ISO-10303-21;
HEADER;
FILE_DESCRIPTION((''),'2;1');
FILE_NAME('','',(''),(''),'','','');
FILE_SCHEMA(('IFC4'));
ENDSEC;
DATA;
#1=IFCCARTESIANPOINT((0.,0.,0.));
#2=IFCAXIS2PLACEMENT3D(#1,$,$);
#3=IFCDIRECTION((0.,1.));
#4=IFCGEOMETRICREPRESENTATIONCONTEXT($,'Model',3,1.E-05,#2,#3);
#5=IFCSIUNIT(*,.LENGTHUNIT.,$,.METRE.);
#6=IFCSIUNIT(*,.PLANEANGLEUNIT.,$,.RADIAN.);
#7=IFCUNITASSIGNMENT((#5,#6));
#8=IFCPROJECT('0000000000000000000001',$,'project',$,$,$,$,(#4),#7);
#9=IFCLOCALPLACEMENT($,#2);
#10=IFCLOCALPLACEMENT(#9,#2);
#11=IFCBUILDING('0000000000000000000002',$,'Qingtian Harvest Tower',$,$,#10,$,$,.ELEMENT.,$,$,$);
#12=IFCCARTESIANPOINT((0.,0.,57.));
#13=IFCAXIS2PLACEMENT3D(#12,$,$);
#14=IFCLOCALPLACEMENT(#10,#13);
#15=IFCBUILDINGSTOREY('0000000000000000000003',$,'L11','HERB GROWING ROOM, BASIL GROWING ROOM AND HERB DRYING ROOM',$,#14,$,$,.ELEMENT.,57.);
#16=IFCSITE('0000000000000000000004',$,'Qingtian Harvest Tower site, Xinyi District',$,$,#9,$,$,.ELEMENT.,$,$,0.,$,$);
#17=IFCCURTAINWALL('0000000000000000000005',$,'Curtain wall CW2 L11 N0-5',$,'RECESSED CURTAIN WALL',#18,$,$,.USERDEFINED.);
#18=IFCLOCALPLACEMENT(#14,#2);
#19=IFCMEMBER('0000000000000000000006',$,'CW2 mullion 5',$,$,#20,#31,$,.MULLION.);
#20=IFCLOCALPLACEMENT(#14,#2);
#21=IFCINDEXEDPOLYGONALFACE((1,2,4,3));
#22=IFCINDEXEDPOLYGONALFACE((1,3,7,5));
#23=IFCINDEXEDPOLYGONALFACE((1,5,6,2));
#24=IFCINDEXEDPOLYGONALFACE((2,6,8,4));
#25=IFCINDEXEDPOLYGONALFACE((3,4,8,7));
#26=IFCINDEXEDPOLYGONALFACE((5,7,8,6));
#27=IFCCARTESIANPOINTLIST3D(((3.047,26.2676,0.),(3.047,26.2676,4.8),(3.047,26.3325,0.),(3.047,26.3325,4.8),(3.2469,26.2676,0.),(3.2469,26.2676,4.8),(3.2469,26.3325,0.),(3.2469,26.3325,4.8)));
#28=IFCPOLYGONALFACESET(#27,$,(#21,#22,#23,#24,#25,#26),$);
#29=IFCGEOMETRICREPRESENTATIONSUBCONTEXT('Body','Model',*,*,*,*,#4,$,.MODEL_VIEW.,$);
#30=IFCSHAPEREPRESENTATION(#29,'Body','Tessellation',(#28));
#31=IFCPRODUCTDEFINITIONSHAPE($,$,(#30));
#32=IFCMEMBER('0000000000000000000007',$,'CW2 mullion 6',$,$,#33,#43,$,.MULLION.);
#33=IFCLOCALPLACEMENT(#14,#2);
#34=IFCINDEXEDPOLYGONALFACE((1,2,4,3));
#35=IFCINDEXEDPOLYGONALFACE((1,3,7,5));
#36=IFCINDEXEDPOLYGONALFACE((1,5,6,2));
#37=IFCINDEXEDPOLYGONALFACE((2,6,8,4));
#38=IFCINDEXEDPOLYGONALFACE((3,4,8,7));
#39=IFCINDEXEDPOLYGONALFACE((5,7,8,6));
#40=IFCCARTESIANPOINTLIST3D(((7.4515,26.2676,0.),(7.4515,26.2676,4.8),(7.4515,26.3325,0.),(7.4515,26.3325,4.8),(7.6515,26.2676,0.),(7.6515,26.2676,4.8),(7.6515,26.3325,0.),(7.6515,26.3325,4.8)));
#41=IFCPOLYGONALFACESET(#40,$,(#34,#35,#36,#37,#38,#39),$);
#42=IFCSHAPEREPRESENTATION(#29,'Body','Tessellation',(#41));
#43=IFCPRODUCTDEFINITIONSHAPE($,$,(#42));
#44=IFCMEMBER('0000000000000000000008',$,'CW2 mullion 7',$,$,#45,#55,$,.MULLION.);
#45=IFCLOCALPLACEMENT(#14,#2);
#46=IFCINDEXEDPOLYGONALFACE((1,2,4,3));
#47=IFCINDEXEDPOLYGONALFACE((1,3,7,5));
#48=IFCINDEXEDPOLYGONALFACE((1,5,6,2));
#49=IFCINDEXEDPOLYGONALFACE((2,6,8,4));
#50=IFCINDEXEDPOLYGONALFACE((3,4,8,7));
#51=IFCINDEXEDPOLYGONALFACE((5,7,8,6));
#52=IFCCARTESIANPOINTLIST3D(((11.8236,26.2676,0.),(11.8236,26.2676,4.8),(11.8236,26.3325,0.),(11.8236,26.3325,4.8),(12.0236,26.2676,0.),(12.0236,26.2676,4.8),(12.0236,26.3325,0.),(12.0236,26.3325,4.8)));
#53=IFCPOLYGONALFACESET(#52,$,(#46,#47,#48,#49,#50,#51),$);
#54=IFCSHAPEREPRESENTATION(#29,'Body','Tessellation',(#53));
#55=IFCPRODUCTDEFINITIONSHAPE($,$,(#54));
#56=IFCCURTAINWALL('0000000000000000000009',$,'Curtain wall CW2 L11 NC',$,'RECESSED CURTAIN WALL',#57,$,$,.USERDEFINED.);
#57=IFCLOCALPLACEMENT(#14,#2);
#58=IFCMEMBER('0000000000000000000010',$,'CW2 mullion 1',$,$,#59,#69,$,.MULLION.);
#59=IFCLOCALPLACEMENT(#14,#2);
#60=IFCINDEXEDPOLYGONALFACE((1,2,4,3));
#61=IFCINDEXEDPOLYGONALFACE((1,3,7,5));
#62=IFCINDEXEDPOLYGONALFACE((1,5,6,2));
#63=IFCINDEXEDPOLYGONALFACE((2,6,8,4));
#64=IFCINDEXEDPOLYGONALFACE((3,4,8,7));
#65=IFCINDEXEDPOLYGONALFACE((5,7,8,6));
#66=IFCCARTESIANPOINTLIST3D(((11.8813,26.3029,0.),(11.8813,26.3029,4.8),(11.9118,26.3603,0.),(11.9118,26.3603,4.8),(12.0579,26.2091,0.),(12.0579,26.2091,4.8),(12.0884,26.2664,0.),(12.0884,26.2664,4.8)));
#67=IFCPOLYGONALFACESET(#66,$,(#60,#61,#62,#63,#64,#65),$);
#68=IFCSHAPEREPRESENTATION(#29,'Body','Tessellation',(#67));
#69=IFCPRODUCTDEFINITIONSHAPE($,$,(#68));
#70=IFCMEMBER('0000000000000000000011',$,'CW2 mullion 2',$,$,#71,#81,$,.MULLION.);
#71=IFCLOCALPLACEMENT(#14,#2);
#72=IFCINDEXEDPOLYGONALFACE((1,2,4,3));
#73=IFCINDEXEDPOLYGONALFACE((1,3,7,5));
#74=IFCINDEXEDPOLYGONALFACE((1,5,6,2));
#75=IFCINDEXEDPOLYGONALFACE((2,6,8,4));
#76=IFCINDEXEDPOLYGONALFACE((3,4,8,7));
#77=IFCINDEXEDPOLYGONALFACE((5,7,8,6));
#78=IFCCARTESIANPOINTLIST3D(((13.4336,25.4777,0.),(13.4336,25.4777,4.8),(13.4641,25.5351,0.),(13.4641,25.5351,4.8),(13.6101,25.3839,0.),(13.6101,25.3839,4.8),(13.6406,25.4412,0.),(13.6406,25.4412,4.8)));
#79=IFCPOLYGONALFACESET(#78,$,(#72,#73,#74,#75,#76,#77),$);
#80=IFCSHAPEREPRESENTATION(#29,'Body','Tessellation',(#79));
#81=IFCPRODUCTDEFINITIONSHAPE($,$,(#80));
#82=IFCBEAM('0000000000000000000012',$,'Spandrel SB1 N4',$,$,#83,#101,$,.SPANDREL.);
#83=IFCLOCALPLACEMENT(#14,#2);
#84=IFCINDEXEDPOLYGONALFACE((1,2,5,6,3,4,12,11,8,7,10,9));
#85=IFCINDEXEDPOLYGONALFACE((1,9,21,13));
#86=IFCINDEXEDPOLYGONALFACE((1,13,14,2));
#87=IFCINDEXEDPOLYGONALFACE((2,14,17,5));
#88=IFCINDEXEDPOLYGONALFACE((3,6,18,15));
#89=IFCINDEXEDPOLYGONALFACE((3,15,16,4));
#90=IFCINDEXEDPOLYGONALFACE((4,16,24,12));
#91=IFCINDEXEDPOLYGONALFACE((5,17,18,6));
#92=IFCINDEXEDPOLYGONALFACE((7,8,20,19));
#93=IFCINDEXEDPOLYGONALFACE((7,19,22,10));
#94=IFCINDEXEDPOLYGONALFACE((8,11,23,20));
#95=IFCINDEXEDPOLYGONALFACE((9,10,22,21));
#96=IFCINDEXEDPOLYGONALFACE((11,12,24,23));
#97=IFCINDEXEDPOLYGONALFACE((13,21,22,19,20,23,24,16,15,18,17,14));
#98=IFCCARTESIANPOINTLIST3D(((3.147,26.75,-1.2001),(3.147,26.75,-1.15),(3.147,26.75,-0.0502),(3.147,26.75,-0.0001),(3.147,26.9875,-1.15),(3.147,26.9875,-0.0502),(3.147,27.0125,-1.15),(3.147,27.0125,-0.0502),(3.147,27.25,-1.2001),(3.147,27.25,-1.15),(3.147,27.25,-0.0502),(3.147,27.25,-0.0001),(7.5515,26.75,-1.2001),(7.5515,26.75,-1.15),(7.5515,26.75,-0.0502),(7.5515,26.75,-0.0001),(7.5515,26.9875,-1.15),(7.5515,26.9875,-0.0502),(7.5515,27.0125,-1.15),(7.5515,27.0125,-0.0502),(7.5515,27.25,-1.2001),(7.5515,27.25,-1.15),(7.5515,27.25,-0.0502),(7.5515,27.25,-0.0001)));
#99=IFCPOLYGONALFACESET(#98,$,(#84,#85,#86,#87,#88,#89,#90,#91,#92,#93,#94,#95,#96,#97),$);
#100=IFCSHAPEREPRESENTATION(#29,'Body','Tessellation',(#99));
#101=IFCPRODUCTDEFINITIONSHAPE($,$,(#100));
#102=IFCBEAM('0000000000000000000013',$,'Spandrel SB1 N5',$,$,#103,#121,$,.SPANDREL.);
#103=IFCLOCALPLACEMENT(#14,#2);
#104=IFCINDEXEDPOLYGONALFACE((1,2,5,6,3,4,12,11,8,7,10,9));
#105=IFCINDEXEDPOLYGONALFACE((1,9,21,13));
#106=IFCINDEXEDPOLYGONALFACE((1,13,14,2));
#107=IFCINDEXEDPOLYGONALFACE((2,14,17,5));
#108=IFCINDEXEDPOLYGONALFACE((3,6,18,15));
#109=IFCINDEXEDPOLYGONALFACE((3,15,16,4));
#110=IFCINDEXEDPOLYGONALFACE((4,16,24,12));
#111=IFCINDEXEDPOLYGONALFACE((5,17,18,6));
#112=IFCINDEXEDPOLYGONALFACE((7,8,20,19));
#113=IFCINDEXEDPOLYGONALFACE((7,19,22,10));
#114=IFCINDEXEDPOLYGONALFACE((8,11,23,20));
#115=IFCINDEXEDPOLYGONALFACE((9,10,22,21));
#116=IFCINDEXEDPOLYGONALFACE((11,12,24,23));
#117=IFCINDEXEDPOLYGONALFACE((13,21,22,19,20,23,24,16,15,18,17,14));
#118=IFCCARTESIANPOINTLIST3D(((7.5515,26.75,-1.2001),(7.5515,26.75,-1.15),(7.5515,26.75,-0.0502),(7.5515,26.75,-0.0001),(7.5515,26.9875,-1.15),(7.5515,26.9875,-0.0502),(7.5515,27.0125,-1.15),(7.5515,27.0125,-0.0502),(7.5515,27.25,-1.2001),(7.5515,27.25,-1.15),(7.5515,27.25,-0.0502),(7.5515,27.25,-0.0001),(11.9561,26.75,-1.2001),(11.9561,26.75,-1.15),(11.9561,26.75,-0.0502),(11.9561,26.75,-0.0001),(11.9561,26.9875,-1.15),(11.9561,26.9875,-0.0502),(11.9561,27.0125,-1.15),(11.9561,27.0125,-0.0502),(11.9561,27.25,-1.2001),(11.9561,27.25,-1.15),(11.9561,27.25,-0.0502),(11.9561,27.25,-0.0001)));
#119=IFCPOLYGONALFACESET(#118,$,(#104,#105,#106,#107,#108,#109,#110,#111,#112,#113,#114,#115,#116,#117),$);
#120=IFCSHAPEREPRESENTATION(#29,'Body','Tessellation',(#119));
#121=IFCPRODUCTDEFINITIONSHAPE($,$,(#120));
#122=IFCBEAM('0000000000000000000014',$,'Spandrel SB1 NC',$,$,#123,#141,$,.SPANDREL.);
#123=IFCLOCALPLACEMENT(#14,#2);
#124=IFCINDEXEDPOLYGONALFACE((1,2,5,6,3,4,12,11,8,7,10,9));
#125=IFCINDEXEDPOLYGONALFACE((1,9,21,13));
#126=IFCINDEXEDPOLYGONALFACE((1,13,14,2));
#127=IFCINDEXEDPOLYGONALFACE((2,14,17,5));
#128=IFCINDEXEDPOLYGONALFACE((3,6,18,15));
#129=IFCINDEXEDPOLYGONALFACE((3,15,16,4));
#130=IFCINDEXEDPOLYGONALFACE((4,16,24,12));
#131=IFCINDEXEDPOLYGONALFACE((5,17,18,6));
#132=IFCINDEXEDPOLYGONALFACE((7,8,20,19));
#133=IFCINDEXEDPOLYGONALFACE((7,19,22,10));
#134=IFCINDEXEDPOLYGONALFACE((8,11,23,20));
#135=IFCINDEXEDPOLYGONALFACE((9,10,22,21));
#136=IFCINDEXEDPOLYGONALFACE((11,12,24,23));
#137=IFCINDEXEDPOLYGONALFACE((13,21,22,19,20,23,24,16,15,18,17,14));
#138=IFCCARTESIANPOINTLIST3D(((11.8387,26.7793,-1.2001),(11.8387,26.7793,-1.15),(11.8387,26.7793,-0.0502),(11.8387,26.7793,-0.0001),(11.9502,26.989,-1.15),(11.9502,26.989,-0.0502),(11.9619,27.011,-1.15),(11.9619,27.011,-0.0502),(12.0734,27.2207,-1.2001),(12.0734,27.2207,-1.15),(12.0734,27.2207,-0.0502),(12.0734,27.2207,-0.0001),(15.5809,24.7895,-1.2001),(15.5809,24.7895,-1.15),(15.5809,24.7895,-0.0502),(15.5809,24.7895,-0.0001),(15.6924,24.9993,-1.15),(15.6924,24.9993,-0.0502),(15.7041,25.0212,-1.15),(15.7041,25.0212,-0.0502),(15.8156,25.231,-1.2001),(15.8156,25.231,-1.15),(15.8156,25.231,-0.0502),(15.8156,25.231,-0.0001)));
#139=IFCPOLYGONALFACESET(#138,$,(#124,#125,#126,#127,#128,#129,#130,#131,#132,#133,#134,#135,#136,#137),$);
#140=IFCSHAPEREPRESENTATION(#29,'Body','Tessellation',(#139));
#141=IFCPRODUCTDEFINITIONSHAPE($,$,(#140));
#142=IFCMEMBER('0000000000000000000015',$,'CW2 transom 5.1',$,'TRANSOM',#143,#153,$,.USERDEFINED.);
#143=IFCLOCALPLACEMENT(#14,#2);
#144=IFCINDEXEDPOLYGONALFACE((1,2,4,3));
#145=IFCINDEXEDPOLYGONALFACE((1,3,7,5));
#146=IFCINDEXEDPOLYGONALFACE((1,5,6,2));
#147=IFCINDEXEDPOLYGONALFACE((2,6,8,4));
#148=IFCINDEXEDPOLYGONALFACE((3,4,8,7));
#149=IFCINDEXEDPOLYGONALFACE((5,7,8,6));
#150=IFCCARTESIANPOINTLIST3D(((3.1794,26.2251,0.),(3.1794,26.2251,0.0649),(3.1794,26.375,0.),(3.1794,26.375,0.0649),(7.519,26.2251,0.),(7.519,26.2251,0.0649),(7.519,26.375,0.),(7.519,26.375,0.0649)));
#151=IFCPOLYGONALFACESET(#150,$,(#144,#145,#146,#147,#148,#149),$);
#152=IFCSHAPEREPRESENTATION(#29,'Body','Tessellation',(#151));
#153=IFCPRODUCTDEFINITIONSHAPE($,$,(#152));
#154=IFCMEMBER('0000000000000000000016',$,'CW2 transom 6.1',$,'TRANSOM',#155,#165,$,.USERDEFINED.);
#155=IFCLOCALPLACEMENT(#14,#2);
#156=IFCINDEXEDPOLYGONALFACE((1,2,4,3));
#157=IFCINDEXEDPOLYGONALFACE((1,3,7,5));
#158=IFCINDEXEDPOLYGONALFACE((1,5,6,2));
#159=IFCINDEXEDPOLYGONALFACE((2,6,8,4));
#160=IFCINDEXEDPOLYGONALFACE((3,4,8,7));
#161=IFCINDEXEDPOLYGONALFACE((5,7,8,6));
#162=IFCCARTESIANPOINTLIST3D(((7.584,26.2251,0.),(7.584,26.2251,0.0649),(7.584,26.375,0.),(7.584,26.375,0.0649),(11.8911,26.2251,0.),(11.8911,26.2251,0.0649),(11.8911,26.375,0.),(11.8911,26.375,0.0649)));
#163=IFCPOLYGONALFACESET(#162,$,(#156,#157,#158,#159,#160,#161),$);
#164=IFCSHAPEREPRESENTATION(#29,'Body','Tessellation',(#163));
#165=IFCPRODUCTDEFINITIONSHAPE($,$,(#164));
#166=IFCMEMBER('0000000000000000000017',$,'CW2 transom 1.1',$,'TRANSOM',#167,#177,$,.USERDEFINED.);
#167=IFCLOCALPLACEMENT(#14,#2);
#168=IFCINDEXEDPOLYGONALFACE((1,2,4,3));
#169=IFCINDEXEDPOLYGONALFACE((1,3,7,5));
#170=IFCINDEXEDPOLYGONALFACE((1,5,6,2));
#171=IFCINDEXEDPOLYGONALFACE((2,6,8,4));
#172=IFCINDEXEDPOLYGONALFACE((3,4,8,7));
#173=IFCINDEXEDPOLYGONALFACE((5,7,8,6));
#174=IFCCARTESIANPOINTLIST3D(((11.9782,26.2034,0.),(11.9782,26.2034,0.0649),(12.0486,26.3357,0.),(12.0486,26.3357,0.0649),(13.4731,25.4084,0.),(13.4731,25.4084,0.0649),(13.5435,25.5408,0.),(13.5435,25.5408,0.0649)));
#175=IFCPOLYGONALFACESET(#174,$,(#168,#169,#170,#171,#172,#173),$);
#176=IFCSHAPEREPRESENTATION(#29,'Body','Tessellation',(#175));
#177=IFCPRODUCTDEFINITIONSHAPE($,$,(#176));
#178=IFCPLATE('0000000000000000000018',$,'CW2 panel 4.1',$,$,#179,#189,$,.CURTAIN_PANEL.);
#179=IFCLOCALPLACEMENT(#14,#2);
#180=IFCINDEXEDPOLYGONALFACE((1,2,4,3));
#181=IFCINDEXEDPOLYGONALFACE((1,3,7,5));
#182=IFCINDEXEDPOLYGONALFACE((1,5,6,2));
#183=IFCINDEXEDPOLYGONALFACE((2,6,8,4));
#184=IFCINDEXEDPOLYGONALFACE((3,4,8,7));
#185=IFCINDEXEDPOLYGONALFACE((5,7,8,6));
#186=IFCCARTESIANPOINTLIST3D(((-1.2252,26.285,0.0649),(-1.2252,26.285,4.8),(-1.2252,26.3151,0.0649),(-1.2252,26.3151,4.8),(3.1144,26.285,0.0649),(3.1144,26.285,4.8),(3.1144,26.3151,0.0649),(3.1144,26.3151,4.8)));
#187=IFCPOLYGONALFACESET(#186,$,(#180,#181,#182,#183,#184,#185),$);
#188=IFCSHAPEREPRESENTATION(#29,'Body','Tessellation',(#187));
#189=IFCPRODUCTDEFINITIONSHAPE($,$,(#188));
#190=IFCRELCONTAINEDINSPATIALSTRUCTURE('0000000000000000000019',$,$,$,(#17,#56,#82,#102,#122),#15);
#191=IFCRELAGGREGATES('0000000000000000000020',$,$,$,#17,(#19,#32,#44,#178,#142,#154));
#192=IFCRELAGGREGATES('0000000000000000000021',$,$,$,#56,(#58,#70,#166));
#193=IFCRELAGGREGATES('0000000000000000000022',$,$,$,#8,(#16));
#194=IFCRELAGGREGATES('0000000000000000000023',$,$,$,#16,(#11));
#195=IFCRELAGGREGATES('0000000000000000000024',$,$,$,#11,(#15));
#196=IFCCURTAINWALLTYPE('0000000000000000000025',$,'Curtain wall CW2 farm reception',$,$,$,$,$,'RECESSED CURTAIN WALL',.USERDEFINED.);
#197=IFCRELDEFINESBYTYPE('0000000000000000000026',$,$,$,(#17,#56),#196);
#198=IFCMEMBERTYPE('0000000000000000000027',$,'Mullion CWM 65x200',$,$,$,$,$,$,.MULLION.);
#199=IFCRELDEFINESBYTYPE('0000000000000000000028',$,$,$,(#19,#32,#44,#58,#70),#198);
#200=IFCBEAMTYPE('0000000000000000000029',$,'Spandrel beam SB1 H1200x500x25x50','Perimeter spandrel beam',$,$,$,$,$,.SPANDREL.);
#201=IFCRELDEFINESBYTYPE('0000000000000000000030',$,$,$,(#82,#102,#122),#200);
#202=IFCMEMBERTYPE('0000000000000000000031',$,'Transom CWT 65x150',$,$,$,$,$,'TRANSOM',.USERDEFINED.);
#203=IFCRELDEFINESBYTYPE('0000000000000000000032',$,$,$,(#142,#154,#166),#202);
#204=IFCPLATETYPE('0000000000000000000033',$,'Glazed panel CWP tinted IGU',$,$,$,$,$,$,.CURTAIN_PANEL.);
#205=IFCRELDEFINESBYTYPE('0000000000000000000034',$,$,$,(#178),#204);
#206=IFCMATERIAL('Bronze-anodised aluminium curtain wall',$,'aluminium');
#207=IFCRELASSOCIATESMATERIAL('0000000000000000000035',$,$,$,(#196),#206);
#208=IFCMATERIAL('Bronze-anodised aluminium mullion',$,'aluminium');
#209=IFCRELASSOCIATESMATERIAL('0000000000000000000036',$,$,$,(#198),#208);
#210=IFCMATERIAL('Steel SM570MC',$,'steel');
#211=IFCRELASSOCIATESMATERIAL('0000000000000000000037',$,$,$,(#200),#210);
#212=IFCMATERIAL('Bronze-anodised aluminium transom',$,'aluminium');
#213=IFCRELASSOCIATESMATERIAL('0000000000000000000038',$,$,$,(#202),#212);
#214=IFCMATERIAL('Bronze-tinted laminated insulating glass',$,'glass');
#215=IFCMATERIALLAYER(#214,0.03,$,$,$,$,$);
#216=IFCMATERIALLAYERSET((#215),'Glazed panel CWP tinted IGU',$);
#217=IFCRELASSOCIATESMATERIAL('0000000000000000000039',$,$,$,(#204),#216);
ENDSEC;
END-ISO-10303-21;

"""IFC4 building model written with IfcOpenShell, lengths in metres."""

from ifc_helpers import new_model, si_unit, direction, frame, origin, origin_2d, place, context, subcontext, project, spatial, rectangle, i_section, extrude, material, layer, layer_set, material_profile, profile_set, type_object, element, aggregate, save


model = new_model("IFC4")

# Units and contexts
model_context = context("Model", 3, precision=1e-05, world=origin(), true_north=direction((0.0, 1.0)))
body_context = subcontext(model_context, "Body", "Model", "MODEL_VIEW")
ifc_project = project(units=[si_unit("LENGTHUNIT", "METRE"), si_unit("PLANEANGLEUNIT", "RADIAN")], contexts=[model_context])

# Site, building, storey
site_placement = place(None, origin())
site = spatial("IfcSite", under=ifc_project, at=site_placement, Name="Qingtian Harvest Tower site, Xinyi District", CompositionType="ELEMENT", RefElevation=0.0)
building_placement = place(site_placement, origin())
building = spatial("IfcBuilding", under=site, at=building_placement, Name="Qingtian Harvest Tower", CompositionType="ELEMENT")
storey_placement = place(building_placement, frame((0.0, 0.0, 57.0)))
storey = spatial("IfcBuildingStorey", under=building, at=storey_placement, Name="L11", Description="HERB GROWING ROOM, BASIL GROWING ROOM AND HERB DRYING ROOM", CompositionType="ELEMENT", Elevation=57.0)

# Curtain walls, members
ifc_material_1 = material(Name="Bronze-anodised aluminium curtain wall", Category="aluminium")
curtain_wall_type = type_object("IfcCurtainWallType", Name="Curtain wall CW2 farm reception", ElementType="RECESSED CURTAIN WALL", PredefinedType="USERDEFINED", material=ifc_material_1)
curtain_wall_1_placement = place(storey_placement, origin())
curtain_wall_1 = element("IfcCurtainWall", 1, at=curtain_wall_1_placement, inside=storey, type_object=curtain_wall_type, Name="Curtain wall CW2 L11 N0-5", ObjectType="RECESSED CURTAIN WALL", PredefinedType="USERDEFINED")
ifc_material_2 = material(Name="Bronze-anodised aluminium mullion", Category="aluminium")
ifc_material_profile_1 = material_profile(ifc_material_2, rectangle(XDim=0.0649, YDim=0.2, at=origin_2d()), Name="AL 65x200")
ifc_profile_set_1 = profile_set([ifc_material_profile_1], Name="Bronze-anodised aluminium mullion")
member_type_1 = type_object("IfcMemberType", Name="Mullion CWM 65x200", PredefinedType="MULLION", material=ifc_profile_set_1)
member_1_placement = place(storey_placement, frame((3.147, 26.3, 0.0), z_axis=(0.0, 0.0, 1.0), x_axis=(0.0, 1.0, 0.0)))
member_1 = element("IfcMember", 2, at=member_1_placement, type_object=member_type_1, Name="CW2 mullion 5", PredefinedType="MULLION", context=body_context, shape_type="SweptSolid", body=[
    extrude(rectangle(XDim=0.0649, YDim=0.2, at=origin_2d()), origin(), (0.0, 0.0, 1.0), 4.8),
])
member_2_placement = place(storey_placement, frame((7.5515, 26.3, 0.0), z_axis=(0.0, 0.0, 1.0), x_axis=(0.0, 1.0, 0.0)))
member_2 = element("IfcMember", 3, at=member_2_placement, type_object=member_type_1, Name="CW2 mullion 6", PredefinedType="MULLION", context=body_context, shape_type="SweptSolid", body=[
    extrude(rectangle(XDim=0.0649, YDim=0.2, at=origin_2d()), origin(), (0.0, 0.0, 1.0), 4.8),
])
member_3_placement = place(storey_placement, frame((11.9236, 26.3, 0.0), z_axis=(0.0, 0.0, 1.0), x_axis=(0.0, 1.0, 0.0)))
member_3 = element("IfcMember", 4, at=member_3_placement, type_object=member_type_1, Name="CW2 mullion 7", PredefinedType="MULLION", context=body_context, shape_type="SweptSolid", body=[
    extrude(rectangle(XDim=0.0649, YDim=0.2, at=origin_2d()), origin(), (0.0, 0.0, 1.0), 4.8),
])
curtain_wall_2_placement = place(storey_placement, origin())
curtain_wall_2 = element("IfcCurtainWall", 5, at=curtain_wall_2_placement, inside=storey, type_object=curtain_wall_type, Name="Curtain wall CW2 L11 NC", ObjectType="RECESSED CURTAIN WALL", PredefinedType="USERDEFINED")
member_4_placement = place(storey_placement, frame((11.9849, 26.2847, 0.0), z_axis=(0.0, 0.0, 1.0), x_axis=(0.469472, 0.882948, 0.0)))
member_4 = element("IfcMember", 6, at=member_4_placement, type_object=member_type_1, Name="CW2 mullion 1", PredefinedType="MULLION", context=body_context, shape_type="SweptSolid", body=[
    extrude(rectangle(XDim=0.0649, YDim=0.2, at=origin_2d()), origin(), (0.0, 0.0, 1.0), 4.8),
])
member_5_placement = place(storey_placement, frame((13.5371, 25.4595, 0.0), z_axis=(0.0, 0.0, 1.0), x_axis=(0.469472, 0.882948, 0.0)))
member_5 = element("IfcMember", 7, at=member_5_placement, type_object=member_type_1, Name="CW2 mullion 2", PredefinedType="MULLION", context=body_context, shape_type="SweptSolid", body=[
    extrude(rectangle(XDim=0.0649, YDim=0.2, at=origin_2d()), origin(), (0.0, 0.0, 1.0), 4.8),
])

# Beams
ifc_material_3 = material(Name="Steel SM570MC", Category="steel")
ifc_material_profile_2 = material_profile(ifc_material_3, i_section(OverallWidth=0.5, OverallDepth=1.2, WebThickness=0.0249, FlangeThickness=0.05, at=origin_2d()), Name="H1200x500x25x50")
ifc_profile_set_2 = profile_set([ifc_material_profile_2], Name="Steel SM570MC")
beam_type_1 = type_object("IfcBeamType", Name="Spandrel beam SB1 H1200x500x25x50", Description="Perimeter spandrel beam", PredefinedType="SPANDREL", material=ifc_profile_set_2)
for number, where, z_axis, x_axis, name in (
    (8, (3.147, 27.0, -0.6001), (1.0, 0.0, 0.0), (0.0, 1.0, 0.0), "Spandrel SB1 N4"),
    (9, (7.5515, 27.0, -0.6001), (1.0, 0.0, 0.0), (0.0, 1.0, 0.0), "Spandrel SB1 N5"),
):
    element("IfcBeam", number, at=place(storey_placement, frame(where, z_axis=z_axis, x_axis=x_axis)), inside=storey, type_object=beam_type_1, Name=name, PredefinedType="SPANDREL", context=body_context, shape_type="SweptSolid", body=[
        extrude(i_section(OverallWidth=0.5, OverallDepth=1.2, WebThickness=0.0249, FlangeThickness=0.05, at=origin_2d()), origin(), (0.0, 0.0, 1.0), 4.4045),
    ])
beam_1_placement = place(storey_placement, frame((11.9561, 27.0, -0.6001), z_axis=(0.882949, -0.46947, 0.0), x_axis=(0.46947, 0.882949, 0.0)))
element("IfcBeam", 10, at=beam_1_placement, inside=storey, type_object=beam_type_1, Name="Spandrel SB1 NC", PredefinedType="SPANDREL", context=body_context, shape_type="SweptSolid", body=[
    extrude(i_section(OverallWidth=0.5, OverallDepth=1.2, WebThickness=0.0249, FlangeThickness=0.05, at=origin_2d()), origin(), (0.0, 0.0, 1.0), 4.2383),
])

# Members
ifc_material_4 = material(Name="Bronze-anodised aluminium transom", Category="aluminium")
ifc_material_profile_3 = material_profile(ifc_material_4, rectangle(XDim=0.1499, YDim=0.0649, at=origin_2d()), Name="AL 65x150")
ifc_profile_set_3 = profile_set([ifc_material_profile_3], Name="Bronze-anodised aluminium transom")
member_type_2 = type_object("IfcMemberType", Name="Transom CWT 65x150", ElementType="TRANSOM", PredefinedType="USERDEFINED", material=ifc_profile_set_3)
member_6_placement = place(storey_placement, frame((3.1794, 26.3, 0.0325), z_axis=(1.0, 0.0, 0.0), x_axis=(0.0, 1.0, 0.0)))
member_6 = element("IfcMember", 11, at=member_6_placement, type_object=member_type_2, Name="CW2 transom 5.1", ObjectType="TRANSOM", PredefinedType="USERDEFINED", context=body_context, shape_type="SweptSolid", body=[
    extrude(rectangle(XDim=0.1499, YDim=0.0649, at=origin_2d()), origin(), (0.0, 0.0, 1.0), 4.3396),
])
member_7_placement = place(storey_placement, frame((7.584, 26.3, 0.0325), z_axis=(1.0, 0.0, 0.0), x_axis=(0.0, 1.0, 0.0)))
member_7 = element("IfcMember", 12, at=member_7_placement, type_object=member_type_2, Name="CW2 transom 6.1", ObjectType="TRANSOM", PredefinedType="USERDEFINED", context=body_context, shape_type="SweptSolid", body=[
    extrude(rectangle(XDim=0.1499, YDim=0.0649, at=origin_2d()), origin(), (0.0, 0.0, 1.0), 4.3071),
])
member_8_placement = place(storey_placement, frame((12.0134, 26.2695, 0.0325), z_axis=(0.882927, -0.46951, 0.0), x_axis=(0.46951, 0.882927, 0.0)))
member_8 = element("IfcMember", 13, at=member_8_placement, type_object=member_type_2, Name="CW2 transom 1.1", ObjectType="TRANSOM", PredefinedType="USERDEFINED", context=body_context, shape_type="SweptSolid", body=[
    extrude(rectangle(XDim=0.1499, YDim=0.0649, at=origin_2d()), origin(), (0.0, 0.0, 1.0), 1.6931),
])

# Plate
ifc_material_5 = material(Name="Bronze-tinted laminated insulating glass", Category="glass")
ifc_layer_1 = layer(ifc_material_5, 0.03)
ifc_layer_set_1 = layer_set([ifc_layer_1], Name="Glazed panel CWP tinted IGU")
plate_type = type_object("IfcPlateType", Name="Glazed panel CWP tinted IGU", PredefinedType="CURTAIN_PANEL", material=ifc_layer_set_1)
plate_1_placement = place(storey_placement, frame((0.9446, 26.3, 0.0649), z_axis=(0.0, 0.0, 1.0), x_axis=(1.0, 0.0, 0.0)))
plate_1 = element("IfcPlate", 14, at=plate_1_placement, type_object=plate_type, Name="CW2 panel 4.1", PredefinedType="CURTAIN_PANEL", context=body_context, shape_type="SweptSolid", body=[
    extrude(rectangle(XDim=4.3396, YDim=0.03, at=origin_2d()), origin(), (0.0, 0.0, 1.0), 4.7351),
])
aggregate(curtain_wall_1, [member_1, member_2, member_3, plate_1, member_6, member_7])
aggregate(curtain_wall_2, [member_4, member_5, member_8])

save(model, "model.ifc")
